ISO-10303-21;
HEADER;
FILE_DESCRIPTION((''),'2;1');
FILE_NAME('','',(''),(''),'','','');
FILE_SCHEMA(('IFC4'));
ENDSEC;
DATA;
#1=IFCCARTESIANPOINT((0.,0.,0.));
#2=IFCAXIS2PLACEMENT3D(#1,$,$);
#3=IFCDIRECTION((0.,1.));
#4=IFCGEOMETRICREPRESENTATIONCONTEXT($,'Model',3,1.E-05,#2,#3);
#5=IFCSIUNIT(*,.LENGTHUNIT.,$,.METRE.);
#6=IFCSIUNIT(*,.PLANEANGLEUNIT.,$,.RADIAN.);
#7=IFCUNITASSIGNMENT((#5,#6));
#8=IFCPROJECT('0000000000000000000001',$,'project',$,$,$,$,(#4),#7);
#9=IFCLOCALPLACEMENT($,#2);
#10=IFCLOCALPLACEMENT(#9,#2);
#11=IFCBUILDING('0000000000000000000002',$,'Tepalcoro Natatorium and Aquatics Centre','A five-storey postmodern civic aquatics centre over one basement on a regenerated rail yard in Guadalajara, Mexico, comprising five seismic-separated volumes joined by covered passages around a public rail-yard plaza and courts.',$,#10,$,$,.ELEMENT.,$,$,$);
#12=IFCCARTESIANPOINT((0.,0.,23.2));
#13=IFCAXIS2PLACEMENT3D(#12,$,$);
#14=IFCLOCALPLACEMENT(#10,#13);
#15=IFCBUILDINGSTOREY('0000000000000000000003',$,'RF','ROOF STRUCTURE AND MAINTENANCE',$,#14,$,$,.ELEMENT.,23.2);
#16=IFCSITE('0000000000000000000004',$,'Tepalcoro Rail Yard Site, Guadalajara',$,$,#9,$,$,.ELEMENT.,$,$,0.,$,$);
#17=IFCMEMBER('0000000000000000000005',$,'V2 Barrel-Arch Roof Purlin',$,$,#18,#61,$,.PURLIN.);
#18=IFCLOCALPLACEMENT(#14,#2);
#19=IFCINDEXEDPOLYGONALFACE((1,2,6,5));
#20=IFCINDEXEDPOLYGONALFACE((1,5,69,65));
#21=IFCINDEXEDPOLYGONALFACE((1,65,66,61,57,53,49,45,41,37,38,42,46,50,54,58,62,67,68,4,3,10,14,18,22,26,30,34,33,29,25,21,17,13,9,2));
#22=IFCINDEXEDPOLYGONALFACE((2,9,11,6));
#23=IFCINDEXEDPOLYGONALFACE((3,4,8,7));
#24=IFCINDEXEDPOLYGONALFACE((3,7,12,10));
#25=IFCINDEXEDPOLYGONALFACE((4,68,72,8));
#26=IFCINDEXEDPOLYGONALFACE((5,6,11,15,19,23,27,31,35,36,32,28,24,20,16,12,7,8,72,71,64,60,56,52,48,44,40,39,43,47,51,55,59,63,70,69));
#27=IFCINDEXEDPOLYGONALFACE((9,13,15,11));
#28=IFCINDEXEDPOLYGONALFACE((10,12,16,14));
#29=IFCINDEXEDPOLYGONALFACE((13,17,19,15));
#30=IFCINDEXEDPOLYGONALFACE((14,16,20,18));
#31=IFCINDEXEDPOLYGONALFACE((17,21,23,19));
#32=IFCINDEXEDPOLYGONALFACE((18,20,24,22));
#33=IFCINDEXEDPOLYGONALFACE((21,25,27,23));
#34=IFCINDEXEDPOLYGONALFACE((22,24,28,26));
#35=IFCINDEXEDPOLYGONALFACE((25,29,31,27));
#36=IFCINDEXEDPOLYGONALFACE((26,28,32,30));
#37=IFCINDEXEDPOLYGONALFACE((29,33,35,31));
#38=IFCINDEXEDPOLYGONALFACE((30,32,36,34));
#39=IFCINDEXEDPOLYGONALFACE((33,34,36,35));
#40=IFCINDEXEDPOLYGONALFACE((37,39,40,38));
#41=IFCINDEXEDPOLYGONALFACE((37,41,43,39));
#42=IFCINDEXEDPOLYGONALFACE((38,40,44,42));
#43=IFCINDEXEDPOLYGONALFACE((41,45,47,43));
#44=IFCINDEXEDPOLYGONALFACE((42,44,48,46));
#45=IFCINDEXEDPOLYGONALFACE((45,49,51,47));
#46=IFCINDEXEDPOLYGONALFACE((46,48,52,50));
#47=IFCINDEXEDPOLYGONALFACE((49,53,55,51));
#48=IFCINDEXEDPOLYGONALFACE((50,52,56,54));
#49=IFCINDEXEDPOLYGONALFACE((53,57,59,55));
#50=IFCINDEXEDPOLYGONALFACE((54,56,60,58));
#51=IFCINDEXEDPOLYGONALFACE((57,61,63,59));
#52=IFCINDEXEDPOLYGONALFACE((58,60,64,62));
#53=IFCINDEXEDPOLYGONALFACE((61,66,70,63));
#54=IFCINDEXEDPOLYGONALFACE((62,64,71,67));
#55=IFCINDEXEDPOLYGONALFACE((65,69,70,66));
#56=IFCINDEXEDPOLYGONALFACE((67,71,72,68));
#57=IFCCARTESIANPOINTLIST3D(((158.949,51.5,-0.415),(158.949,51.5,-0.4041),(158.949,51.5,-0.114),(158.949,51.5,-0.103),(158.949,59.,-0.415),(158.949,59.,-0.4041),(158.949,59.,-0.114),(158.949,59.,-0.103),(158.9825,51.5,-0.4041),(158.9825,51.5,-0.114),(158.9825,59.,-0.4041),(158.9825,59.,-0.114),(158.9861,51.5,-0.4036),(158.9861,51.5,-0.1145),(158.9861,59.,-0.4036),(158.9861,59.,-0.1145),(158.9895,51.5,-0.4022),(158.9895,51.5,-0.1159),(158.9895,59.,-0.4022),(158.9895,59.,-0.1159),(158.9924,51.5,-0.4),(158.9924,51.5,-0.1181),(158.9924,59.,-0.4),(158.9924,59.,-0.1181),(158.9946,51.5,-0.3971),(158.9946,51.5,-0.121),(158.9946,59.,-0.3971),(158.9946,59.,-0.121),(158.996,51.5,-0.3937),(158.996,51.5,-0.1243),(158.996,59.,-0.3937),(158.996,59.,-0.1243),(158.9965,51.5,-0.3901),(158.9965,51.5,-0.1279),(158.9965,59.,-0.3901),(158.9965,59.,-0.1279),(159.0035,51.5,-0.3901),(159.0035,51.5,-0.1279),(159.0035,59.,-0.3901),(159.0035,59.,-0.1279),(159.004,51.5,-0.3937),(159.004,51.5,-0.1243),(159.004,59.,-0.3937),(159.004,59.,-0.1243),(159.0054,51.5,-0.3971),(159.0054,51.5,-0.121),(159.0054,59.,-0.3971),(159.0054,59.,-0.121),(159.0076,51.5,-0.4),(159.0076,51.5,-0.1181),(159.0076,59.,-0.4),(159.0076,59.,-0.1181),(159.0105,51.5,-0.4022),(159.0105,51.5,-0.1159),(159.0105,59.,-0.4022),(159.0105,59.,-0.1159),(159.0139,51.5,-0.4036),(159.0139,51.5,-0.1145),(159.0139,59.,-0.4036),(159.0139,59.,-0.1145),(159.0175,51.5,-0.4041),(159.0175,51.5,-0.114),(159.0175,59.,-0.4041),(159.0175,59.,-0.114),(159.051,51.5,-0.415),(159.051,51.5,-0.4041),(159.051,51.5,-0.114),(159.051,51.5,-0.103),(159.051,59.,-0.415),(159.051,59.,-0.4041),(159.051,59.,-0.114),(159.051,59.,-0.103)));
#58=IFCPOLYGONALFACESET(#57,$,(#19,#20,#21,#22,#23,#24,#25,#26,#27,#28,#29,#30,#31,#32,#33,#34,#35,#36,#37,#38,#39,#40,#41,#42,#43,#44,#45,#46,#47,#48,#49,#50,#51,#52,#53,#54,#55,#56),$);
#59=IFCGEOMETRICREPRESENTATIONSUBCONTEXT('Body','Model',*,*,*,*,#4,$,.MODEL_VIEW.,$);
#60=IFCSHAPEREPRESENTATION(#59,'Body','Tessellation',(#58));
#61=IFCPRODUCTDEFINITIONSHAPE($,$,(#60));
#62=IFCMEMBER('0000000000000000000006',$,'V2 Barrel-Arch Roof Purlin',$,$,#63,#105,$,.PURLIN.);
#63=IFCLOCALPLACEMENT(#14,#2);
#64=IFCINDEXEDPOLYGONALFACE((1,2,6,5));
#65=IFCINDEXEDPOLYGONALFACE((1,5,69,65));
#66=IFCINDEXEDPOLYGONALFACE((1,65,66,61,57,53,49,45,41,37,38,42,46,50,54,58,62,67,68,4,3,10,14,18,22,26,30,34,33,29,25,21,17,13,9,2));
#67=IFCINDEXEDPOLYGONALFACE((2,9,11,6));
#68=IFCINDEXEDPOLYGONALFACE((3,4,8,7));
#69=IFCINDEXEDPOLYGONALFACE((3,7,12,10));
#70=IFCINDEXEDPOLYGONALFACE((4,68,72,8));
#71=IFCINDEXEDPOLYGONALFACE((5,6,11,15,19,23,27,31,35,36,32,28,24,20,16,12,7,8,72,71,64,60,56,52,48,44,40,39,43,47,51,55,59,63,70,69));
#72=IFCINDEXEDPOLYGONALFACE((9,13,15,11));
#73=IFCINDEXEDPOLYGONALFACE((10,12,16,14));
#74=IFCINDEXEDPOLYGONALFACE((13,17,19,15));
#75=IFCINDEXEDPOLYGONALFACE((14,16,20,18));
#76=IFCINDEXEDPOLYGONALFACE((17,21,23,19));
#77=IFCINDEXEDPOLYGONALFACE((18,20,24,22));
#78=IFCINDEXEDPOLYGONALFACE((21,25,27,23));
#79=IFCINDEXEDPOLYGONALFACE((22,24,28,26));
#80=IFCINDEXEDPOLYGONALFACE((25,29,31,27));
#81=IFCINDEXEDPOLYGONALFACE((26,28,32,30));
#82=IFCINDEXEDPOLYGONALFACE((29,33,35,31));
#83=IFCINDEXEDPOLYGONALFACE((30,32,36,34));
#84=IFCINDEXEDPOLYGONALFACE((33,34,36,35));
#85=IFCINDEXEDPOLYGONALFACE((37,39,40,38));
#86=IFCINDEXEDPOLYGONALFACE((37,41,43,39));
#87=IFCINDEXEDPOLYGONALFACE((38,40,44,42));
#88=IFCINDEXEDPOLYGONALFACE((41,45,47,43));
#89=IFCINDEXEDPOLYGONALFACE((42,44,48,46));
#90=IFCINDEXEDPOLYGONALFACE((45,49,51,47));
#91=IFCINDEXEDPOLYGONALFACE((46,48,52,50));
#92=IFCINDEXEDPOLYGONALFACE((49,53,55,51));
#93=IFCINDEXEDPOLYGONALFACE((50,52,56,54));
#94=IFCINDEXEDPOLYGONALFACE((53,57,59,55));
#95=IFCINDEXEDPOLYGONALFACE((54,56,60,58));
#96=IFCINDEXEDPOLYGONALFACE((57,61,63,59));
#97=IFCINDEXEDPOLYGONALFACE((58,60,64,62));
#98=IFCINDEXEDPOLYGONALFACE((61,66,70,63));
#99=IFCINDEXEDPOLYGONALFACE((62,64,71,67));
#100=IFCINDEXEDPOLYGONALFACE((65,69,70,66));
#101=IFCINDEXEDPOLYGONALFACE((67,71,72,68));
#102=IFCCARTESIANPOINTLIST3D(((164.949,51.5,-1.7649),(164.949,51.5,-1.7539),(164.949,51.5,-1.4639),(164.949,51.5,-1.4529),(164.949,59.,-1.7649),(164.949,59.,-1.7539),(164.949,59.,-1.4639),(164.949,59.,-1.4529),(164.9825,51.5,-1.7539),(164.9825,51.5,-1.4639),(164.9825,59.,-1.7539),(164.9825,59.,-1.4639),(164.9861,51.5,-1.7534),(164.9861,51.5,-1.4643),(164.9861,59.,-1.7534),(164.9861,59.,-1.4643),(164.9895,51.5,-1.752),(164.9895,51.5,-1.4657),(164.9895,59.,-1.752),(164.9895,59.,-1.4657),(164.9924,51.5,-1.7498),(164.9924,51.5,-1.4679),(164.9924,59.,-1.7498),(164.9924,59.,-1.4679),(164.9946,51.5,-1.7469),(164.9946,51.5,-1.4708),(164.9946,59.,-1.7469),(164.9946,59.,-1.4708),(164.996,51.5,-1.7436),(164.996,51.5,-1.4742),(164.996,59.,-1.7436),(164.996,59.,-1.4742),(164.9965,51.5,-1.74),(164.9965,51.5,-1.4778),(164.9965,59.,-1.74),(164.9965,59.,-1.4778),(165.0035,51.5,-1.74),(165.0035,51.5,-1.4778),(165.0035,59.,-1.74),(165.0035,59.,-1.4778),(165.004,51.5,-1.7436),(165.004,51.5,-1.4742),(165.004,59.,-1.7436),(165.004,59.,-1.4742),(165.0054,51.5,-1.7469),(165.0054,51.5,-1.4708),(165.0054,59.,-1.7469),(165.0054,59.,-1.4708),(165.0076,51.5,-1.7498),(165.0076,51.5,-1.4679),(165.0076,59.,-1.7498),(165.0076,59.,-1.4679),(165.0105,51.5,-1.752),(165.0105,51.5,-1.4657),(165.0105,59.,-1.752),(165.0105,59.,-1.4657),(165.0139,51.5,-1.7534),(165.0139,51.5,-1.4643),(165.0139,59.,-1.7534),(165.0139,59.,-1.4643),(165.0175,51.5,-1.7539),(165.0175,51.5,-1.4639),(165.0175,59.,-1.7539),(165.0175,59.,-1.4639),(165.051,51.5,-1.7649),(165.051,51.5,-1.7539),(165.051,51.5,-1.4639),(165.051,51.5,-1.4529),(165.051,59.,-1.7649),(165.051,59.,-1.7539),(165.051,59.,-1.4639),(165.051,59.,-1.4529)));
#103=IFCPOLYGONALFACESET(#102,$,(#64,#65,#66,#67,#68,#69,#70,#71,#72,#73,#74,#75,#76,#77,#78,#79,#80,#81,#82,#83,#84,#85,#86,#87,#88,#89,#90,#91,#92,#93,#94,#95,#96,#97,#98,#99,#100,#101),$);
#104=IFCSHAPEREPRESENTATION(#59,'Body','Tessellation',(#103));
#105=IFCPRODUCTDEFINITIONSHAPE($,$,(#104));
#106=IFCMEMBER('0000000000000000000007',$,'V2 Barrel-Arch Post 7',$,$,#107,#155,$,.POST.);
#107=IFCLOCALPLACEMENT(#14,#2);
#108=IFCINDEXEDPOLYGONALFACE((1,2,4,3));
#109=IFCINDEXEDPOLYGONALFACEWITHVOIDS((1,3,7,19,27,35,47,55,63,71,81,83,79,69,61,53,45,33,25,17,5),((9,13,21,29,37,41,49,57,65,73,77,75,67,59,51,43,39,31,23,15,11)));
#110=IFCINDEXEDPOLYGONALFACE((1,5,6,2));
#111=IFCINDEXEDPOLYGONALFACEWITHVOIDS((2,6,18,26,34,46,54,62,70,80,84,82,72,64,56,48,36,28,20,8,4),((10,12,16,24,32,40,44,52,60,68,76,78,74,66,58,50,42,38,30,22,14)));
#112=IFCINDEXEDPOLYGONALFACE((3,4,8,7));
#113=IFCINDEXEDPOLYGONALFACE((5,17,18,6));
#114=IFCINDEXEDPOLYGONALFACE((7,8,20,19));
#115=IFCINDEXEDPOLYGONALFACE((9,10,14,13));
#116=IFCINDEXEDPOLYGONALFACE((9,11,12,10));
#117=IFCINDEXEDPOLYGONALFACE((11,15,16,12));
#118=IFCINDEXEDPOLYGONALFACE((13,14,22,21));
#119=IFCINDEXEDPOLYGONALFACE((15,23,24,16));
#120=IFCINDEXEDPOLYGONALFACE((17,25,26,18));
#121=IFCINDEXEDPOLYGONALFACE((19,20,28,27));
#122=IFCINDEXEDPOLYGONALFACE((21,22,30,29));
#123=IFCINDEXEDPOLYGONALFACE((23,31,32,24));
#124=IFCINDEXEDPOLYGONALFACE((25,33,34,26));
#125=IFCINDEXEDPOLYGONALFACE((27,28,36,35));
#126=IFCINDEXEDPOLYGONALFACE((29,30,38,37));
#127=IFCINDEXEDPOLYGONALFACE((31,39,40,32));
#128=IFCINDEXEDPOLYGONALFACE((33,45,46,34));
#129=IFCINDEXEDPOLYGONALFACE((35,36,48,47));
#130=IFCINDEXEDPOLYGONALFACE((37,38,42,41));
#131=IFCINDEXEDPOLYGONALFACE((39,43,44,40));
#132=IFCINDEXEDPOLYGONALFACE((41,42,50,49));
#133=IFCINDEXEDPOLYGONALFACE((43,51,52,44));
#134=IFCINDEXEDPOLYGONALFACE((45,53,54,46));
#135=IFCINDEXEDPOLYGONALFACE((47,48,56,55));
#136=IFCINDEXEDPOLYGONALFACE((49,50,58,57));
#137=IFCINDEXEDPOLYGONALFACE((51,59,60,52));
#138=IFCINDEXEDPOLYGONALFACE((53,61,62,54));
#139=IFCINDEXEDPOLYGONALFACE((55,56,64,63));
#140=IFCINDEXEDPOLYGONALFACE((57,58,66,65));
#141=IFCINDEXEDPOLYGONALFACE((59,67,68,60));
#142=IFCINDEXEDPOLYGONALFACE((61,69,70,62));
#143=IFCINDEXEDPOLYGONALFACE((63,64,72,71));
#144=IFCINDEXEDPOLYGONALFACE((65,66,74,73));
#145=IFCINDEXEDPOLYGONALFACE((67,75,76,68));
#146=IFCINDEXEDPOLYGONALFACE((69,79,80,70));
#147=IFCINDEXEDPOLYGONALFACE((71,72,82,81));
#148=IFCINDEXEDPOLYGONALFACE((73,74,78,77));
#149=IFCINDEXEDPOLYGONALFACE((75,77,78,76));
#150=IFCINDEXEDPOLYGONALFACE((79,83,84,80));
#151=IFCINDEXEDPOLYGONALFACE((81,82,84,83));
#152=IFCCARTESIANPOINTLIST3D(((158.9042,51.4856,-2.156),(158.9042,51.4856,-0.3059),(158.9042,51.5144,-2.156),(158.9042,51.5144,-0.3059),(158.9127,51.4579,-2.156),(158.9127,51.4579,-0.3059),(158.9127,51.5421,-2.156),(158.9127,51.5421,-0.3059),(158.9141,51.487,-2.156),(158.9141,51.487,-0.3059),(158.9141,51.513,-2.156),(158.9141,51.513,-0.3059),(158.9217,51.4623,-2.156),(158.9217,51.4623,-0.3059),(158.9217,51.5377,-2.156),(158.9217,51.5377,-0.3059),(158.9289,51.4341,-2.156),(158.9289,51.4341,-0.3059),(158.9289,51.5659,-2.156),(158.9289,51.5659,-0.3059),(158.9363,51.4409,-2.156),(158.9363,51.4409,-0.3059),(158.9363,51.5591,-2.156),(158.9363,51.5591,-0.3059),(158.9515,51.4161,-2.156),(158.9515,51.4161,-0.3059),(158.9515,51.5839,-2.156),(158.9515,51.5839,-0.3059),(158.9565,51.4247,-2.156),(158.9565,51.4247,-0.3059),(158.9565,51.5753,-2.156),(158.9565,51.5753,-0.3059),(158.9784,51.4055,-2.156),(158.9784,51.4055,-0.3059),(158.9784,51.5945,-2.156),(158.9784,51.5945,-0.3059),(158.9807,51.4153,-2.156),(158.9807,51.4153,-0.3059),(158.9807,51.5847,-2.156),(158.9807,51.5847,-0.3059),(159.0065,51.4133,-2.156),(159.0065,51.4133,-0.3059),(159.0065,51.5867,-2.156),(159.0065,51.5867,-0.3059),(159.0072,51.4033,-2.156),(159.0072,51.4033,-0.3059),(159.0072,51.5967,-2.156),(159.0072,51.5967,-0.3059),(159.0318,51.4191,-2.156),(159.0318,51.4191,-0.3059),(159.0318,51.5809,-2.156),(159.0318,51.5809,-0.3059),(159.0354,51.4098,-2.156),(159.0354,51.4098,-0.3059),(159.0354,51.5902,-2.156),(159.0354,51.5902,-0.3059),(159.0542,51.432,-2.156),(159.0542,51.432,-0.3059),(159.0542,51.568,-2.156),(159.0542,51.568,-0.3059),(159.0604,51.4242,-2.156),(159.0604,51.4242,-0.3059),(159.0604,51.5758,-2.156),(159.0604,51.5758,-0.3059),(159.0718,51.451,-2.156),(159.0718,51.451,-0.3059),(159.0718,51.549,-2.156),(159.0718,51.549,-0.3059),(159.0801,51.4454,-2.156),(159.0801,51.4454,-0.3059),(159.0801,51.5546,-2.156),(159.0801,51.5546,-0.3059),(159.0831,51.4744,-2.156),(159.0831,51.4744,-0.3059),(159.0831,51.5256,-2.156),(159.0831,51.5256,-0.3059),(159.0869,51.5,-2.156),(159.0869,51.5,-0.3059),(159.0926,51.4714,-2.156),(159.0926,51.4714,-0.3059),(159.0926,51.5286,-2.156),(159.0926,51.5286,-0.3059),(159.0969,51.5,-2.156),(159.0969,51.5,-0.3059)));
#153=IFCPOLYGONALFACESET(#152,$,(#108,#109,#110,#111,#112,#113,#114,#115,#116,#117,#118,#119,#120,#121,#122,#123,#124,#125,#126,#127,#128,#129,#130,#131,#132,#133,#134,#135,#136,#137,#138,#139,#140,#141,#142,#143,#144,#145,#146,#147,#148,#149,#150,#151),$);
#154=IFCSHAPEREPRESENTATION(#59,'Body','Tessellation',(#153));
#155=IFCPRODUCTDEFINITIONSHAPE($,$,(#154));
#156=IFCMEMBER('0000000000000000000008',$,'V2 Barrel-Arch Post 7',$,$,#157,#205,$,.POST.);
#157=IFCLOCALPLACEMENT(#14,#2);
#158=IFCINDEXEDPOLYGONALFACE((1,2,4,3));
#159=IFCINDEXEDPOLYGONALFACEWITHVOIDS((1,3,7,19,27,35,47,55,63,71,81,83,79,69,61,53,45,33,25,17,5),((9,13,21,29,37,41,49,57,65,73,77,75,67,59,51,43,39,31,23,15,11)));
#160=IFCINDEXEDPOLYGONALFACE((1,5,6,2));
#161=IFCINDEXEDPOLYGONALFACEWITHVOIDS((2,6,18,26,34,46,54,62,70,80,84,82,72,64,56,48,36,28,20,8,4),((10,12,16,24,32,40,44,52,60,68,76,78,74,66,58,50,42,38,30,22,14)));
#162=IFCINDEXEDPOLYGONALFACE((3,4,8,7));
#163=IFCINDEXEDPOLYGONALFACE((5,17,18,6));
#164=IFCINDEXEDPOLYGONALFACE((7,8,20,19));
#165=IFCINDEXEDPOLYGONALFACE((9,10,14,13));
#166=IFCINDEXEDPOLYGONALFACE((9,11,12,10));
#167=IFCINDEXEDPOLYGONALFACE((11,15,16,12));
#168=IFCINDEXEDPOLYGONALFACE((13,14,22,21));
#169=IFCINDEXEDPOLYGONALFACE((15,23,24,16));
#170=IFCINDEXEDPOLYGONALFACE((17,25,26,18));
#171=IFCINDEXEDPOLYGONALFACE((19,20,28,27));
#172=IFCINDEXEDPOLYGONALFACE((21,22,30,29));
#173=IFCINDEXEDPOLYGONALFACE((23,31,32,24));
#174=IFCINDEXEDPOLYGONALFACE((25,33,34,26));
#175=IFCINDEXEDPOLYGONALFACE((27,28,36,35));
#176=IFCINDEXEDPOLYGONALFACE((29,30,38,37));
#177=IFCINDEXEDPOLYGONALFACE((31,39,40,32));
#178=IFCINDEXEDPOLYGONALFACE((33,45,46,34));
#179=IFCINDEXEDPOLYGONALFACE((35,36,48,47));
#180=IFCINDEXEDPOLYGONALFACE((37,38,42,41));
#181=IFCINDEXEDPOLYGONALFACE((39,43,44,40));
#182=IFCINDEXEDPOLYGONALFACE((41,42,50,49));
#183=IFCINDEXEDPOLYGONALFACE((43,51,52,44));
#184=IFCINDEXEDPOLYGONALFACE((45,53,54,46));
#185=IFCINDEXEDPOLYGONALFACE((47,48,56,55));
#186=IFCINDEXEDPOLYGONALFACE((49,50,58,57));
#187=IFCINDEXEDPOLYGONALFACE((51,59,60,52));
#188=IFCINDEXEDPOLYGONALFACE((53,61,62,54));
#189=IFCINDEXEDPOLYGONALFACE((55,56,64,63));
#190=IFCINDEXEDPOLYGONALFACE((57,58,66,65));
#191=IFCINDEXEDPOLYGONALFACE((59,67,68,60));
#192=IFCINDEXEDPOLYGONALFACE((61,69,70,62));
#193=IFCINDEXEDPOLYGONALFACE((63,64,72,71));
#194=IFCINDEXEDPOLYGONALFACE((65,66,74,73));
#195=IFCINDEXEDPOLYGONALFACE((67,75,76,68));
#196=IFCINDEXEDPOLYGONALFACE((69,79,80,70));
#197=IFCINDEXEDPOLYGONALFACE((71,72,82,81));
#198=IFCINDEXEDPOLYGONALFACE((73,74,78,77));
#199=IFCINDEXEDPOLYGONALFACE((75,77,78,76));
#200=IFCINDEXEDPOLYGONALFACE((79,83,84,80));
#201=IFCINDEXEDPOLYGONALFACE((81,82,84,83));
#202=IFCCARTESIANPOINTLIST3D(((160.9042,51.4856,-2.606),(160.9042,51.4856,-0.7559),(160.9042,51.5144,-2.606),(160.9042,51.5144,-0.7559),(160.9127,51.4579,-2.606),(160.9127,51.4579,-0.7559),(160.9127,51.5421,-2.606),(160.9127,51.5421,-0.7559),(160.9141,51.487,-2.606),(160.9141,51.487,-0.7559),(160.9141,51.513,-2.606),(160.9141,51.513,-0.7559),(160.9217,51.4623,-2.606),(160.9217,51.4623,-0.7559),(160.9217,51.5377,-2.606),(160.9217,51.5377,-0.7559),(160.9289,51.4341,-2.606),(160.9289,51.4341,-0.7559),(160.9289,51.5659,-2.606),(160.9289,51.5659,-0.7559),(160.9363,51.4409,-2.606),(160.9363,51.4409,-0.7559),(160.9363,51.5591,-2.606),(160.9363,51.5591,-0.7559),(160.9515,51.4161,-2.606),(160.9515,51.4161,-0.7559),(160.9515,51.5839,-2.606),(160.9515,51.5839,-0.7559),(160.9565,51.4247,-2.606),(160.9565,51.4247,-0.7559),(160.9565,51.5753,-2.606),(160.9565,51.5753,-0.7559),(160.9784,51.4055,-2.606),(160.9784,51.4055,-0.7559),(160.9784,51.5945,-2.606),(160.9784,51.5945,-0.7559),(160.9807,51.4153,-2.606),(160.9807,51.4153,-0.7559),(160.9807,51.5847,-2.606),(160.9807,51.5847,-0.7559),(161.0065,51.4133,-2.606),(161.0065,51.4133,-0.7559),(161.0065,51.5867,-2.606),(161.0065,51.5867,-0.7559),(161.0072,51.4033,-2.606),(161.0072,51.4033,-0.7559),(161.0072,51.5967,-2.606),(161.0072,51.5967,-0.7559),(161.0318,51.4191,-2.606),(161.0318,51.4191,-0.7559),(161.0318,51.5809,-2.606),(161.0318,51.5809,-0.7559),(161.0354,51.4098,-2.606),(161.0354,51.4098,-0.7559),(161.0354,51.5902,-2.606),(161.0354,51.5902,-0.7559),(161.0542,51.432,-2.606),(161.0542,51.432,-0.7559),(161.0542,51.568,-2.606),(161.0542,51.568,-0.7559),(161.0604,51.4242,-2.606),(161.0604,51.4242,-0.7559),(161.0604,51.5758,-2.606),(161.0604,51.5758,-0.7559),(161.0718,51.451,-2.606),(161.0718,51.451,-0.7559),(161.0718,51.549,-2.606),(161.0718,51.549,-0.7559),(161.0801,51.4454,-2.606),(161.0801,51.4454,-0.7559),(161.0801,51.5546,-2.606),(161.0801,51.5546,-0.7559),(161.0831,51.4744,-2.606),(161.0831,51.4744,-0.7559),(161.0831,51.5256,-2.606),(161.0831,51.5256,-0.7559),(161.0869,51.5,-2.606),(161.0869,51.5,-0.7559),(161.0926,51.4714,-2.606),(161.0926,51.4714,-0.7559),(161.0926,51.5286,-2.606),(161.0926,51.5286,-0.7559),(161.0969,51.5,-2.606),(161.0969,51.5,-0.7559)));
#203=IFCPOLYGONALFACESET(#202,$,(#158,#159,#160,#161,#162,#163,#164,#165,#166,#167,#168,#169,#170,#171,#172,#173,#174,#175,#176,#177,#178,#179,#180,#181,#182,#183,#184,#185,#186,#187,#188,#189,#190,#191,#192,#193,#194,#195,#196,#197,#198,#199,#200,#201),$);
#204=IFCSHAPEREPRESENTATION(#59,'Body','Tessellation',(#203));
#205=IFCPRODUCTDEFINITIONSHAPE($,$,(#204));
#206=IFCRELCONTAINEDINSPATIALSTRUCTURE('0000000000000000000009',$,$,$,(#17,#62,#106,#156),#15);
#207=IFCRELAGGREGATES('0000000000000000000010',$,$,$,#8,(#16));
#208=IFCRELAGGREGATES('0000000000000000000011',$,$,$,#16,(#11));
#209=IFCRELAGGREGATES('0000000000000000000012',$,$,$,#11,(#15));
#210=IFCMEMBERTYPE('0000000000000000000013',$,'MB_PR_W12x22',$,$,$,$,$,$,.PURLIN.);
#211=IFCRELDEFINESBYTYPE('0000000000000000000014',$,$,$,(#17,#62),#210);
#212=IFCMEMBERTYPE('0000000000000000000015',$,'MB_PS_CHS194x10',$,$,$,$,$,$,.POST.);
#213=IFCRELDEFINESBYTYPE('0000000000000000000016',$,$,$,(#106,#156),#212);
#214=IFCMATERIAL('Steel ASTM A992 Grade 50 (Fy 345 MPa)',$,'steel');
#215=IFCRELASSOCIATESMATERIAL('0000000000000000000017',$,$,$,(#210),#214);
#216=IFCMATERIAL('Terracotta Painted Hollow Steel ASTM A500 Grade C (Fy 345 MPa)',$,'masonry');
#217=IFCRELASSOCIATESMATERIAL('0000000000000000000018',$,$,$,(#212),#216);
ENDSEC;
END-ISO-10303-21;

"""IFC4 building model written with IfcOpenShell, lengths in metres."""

from ifc_helpers import new_model, si_unit, direction, frame, origin, origin_2d, place, context, subcontext, project, spatial, hollow_circle, i_section, extrude, material, material_profile, profile_set, type_object, element, save


model = new_model("IFC4")

# Units and contexts
model_context = context("Model", 3, precision=1e-05, world=origin(), true_north=direction((0.0, 1.0)))
body_context = subcontext(model_context, "Body", "Model", "MODEL_VIEW")
ifc_project = project(units=[si_unit("LENGTHUNIT", "METRE"), si_unit("PLANEANGLEUNIT", "RADIAN")], contexts=[model_context])

# Site, building, storey
site_placement = place(None, origin())
site = spatial("IfcSite", under=ifc_project, at=site_placement, Name="Tepalcoro Rail Yard Site, Guadalajara", CompositionType="ELEMENT", RefElevation=0.0)
building_placement = place(site_placement, origin())
building = spatial("IfcBuilding", under=site, at=building_placement, Name="Tepalcoro Natatorium and Aquatics Centre", Description="A five-storey postmodern civic aquatics centre over one basement on a regenerated rail yard in Guadalajara, Mexico, comprising five seismic-separated volumes joined by covered passages around a public rail-yard plaza and courts.", CompositionType="ELEMENT")
storey_placement = place(building_placement, frame((0.0, 0.0, 23.2)))
storey = spatial("IfcBuildingStorey", under=building, at=storey_placement, Name="RF", Description="ROOF STRUCTURE AND MAINTENANCE", CompositionType="ELEMENT", Elevation=23.2)

# Shared definitions
ifc_material_1 = material(Name="Terracotta Painted Hollow Steel ASTM A500 Grade C (Fy 345 MPa)", Category="masonry")

# Members
ifc_material_2 = material(Name="Steel ASTM A992 Grade 50 (Fy 345 MPa)", Category="steel")
ifc_material_profile_1 = material_profile(ifc_material_2, i_section(OverallWidth=0.1021, OverallDepth=0.312, WebThickness=0.0071, FlangeThickness=0.011, FilletRadius=0.0139, at=origin_2d()), Name="W12X22")
ifc_profile_set_1 = profile_set([ifc_material_profile_1], Name="Steel ASTM A992 Grade 50 (Fy 345 MPa)")
member_type_1 = type_object("IfcMemberType", Name="MB_PR_W12x22", PredefinedType="PURLIN", material=ifc_profile_set_1)
for number, where, z_axis, x_axis, name in (
    (1, (159.0, 51.5, -0.259), (0.0, 1.0, 0.0), (-1.0, 0.0, 0.0), "V2 Barrel-Arch Roof Purlin"),
    (2, (165.0, 51.5, -1.6089), (0.0, 1.0, 0.0), (-1.0, 0.0, 0.0), "V2 Barrel-Arch Roof Purlin"),
):
    element("IfcMember", number, at=place(storey_placement, frame(where, z_axis=z_axis, x_axis=x_axis)), inside=storey, type_object=member_type_1, Name=name, PredefinedType="PURLIN", context=body_context, shape_type="SweptSolid", body=[
        extrude(i_section(OverallWidth=0.1021, OverallDepth=0.312, WebThickness=0.0071, FlangeThickness=0.011, FilletRadius=0.0139, at=origin_2d()), origin(), (0.0, 0.0, 1.0), 7.5),
    ])
ifc_material_profile_2 = material_profile(ifc_material_1, hollow_circle(Radius=0.0969, WallThickness=0.01, at=origin_2d()), Name="CHS194X10")
ifc_profile_set_2 = profile_set([ifc_material_profile_2], Name="Terracotta Painted Hollow Steel ASTM A500 Grade C (Fy 345 MPa)")
member_type_2 = type_object("IfcMemberType", Name="MB_PS_CHS194x10", PredefinedType="POST", material=ifc_profile_set_2)
for number, where, z_axis, x_axis, name in (
    (3, (159.0, 51.5, -2.156), (0.0, 0.0, 1.0), (1.0, 0.0, 0.0), "V2 Barrel-Arch Post 7"),
    (4, (161.0, 51.5, -2.606), (0.0, 0.0, 1.0), (1.0, 0.0, 0.0), "V2 Barrel-Arch Post 7"),
):
    element("IfcMember", number, at=place(storey_placement, frame(where, z_axis=z_axis, x_axis=x_axis)), inside=storey, type_object=member_type_2, Name=name, PredefinedType="POST", context=body_context, shape_type="SweptSolid", body=[
        extrude(hollow_circle(Radius=0.0969, WallThickness=0.01, at=origin_2d()), origin(), (0.0, 0.0, 1.0), 1.8501),
    ])

save(model, "model.ifc")
